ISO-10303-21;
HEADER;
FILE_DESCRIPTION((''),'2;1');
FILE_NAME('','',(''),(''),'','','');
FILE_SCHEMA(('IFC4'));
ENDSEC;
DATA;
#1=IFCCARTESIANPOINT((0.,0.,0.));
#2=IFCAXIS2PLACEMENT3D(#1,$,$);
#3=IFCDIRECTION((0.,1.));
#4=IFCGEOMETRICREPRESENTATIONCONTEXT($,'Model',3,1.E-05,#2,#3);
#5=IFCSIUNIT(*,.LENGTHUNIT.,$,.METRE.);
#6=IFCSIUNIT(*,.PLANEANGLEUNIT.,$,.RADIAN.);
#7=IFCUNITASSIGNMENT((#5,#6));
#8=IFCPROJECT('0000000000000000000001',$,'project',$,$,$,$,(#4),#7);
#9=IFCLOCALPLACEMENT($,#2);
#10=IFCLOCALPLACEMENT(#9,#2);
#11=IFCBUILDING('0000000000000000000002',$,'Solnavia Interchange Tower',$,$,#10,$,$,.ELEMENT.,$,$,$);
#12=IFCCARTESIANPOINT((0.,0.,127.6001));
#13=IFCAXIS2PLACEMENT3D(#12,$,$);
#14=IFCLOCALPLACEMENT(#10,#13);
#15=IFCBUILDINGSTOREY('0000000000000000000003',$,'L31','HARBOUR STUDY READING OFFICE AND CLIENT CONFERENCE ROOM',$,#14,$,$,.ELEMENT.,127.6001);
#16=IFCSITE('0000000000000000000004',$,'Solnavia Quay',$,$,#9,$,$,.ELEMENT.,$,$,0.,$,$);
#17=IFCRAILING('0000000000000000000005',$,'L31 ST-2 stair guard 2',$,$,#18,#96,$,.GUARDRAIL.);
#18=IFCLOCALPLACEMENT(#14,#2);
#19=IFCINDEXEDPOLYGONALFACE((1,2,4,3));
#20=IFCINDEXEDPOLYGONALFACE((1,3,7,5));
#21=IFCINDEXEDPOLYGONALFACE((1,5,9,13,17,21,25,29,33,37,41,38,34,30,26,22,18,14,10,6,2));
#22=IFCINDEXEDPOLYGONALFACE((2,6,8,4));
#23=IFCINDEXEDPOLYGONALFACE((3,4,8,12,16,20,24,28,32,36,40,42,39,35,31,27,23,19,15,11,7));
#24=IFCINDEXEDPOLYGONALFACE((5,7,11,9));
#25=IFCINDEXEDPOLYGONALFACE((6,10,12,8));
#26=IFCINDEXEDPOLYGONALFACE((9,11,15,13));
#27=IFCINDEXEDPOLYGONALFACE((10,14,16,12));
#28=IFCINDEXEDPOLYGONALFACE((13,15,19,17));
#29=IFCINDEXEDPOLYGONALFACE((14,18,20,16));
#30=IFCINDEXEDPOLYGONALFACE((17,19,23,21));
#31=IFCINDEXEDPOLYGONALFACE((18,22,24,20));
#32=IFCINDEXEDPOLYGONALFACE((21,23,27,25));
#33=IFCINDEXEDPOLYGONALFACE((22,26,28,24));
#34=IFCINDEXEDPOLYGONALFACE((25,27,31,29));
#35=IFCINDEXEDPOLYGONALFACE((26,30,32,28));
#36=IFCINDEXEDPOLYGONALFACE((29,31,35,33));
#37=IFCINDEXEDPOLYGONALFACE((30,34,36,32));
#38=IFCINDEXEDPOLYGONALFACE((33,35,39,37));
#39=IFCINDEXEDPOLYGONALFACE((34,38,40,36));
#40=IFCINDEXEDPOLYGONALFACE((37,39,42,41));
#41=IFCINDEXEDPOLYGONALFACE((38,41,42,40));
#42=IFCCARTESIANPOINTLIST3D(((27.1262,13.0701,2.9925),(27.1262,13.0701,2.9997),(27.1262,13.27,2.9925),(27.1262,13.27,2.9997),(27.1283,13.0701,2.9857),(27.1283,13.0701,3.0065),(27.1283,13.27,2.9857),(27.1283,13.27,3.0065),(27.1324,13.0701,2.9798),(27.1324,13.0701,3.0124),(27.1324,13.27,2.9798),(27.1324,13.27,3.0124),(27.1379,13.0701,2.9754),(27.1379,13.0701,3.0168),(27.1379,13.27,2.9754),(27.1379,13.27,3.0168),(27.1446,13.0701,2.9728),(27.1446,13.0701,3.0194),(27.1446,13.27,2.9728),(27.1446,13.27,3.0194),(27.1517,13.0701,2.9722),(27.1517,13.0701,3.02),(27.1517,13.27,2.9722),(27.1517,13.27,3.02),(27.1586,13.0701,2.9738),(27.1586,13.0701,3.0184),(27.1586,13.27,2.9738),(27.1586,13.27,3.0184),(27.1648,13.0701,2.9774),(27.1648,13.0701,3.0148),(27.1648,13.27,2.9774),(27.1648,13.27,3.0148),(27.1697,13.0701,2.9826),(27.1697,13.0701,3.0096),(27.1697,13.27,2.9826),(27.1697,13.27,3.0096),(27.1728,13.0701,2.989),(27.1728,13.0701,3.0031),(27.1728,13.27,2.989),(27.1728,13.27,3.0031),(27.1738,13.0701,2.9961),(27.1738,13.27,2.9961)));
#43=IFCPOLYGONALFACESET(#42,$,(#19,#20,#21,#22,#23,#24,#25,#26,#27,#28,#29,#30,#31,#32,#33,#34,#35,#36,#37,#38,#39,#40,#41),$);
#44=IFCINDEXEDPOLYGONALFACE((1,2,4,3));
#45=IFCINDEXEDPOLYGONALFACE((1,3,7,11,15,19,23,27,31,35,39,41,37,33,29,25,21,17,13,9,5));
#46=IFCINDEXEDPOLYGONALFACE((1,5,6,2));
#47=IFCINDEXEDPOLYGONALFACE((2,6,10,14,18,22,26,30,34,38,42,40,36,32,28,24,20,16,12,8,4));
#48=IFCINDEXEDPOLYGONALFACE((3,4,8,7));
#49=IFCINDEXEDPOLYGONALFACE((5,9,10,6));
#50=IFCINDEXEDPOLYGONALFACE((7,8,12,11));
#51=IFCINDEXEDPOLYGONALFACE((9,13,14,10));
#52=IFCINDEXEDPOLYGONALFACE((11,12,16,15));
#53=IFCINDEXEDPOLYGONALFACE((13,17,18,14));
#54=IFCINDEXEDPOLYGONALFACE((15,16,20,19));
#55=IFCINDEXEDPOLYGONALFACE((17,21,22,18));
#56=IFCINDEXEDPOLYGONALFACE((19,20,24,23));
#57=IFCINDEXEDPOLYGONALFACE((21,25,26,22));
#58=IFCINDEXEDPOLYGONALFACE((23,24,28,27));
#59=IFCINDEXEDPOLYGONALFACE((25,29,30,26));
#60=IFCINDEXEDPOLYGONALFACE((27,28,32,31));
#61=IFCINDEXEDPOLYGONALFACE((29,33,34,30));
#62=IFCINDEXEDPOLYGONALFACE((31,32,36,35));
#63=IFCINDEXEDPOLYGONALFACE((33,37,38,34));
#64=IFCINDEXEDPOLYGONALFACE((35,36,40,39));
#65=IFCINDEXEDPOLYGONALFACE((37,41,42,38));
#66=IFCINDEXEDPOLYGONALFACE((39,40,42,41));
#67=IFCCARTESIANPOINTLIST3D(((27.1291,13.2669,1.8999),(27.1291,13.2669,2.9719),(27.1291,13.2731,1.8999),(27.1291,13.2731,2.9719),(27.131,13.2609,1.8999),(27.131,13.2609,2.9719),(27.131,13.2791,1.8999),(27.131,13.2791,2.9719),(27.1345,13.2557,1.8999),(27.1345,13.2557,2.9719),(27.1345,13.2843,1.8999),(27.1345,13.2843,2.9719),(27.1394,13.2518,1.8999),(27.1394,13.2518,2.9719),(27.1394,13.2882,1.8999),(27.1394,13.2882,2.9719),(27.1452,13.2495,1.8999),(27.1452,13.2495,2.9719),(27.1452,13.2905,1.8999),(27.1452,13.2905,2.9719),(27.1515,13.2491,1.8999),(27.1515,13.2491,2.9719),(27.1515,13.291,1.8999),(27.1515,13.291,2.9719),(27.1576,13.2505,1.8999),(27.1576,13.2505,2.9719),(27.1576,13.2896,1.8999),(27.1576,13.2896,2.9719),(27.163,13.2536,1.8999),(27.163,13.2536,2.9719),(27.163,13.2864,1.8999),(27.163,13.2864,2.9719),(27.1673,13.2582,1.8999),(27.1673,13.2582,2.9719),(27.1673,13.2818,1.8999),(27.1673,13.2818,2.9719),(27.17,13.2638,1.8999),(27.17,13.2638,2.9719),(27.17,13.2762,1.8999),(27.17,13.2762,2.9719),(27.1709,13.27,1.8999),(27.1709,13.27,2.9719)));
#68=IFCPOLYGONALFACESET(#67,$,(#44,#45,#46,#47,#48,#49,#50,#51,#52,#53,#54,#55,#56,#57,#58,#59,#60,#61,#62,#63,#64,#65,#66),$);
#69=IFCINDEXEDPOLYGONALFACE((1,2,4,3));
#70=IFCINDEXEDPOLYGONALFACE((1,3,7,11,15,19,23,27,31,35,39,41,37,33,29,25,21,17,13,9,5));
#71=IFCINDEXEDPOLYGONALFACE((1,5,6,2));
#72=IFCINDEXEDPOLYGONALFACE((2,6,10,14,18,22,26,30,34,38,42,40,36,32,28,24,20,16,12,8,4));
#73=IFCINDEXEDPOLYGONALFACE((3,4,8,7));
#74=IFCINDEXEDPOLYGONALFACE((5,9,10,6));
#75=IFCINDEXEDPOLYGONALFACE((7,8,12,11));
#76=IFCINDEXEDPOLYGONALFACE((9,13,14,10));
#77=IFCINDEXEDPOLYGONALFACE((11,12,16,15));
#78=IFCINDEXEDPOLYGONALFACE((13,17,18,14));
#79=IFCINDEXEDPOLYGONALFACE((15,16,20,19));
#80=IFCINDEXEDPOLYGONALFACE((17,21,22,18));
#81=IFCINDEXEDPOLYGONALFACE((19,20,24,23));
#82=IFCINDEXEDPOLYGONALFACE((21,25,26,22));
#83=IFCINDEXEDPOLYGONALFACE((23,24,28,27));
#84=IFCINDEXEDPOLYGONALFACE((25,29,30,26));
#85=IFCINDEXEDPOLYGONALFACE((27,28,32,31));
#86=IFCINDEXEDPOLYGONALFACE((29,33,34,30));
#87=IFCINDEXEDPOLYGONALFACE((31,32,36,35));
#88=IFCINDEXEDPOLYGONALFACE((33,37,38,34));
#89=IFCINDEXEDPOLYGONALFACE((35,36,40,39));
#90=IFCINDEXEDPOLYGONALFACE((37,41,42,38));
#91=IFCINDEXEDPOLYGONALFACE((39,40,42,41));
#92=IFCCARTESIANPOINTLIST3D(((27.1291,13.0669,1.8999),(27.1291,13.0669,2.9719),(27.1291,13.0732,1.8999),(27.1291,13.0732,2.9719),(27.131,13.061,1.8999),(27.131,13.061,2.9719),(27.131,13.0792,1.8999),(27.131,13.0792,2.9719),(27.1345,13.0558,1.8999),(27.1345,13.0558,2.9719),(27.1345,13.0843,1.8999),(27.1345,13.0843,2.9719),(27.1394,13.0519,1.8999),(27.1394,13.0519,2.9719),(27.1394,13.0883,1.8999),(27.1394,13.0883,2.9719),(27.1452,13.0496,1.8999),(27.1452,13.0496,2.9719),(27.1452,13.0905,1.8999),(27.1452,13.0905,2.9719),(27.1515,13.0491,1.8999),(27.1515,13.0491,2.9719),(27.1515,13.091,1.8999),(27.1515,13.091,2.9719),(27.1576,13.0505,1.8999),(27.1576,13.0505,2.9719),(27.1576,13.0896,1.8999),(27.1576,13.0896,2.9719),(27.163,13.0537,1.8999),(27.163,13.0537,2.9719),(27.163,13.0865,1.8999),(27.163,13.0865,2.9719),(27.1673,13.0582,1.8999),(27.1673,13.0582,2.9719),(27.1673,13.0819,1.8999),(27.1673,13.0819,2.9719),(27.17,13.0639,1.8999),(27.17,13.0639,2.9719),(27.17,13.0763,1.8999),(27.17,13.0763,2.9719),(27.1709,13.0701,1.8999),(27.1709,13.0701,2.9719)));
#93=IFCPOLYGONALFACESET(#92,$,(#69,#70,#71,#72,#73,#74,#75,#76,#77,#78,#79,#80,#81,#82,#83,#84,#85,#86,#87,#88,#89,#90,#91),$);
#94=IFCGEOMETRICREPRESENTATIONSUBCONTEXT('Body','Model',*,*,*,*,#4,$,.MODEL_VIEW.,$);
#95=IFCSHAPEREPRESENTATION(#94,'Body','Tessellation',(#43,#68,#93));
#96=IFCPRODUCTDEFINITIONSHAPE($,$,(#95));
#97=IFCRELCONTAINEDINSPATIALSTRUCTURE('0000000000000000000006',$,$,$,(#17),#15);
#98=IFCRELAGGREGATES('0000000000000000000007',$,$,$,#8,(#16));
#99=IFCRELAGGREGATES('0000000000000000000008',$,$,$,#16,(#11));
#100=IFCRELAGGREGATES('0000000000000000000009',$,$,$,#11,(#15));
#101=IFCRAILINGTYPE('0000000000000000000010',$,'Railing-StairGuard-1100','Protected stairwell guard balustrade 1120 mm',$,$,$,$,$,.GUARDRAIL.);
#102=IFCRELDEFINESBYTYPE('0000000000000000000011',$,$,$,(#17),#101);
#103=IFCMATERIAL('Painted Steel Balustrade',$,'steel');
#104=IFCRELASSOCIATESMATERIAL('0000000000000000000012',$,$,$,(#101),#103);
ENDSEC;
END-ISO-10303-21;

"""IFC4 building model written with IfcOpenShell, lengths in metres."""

from ifc_helpers import new_model, si_unit, direction, frame, origin, origin_2d, place, context, subcontext, project, spatial, circle, extrude, material, type_object, element, save


model = new_model("IFC4")

# Units and contexts
model_context = context("Model", 3, precision=1e-05, world=origin(), true_north=direction((0.0, 1.0)))
body_context = subcontext(model_context, "Body", "Model", "MODEL_VIEW")
ifc_project = project(units=[si_unit("LENGTHUNIT", "METRE"), si_unit("PLANEANGLEUNIT", "RADIAN")], contexts=[model_context])

# Site, building, storey
site_placement = place(None, origin())
site = spatial("IfcSite", under=ifc_project, at=site_placement, Name="Solnavia Quay", CompositionType="ELEMENT", RefElevation=0.0)
building_placement = place(site_placement, origin())
building = spatial("IfcBuilding", under=site, at=building_placement, Name="Solnavia Interchange Tower", CompositionType="ELEMENT")
storey_placement = place(building_placement, frame((0.0, 0.0, 127.6001)))
storey = spatial("IfcBuildingStorey", under=building, at=storey_placement, Name="L31", Description="HARBOUR STUDY READING OFFICE AND CLIENT CONFERENCE ROOM", CompositionType="ELEMENT", Elevation=127.6001)

# Railing
ifc_material_1 = material(Name="Painted Steel Balustrade", Category="steel")
railing_type_1 = type_object("IfcRailingType", Name="Railing-StairGuard-1100", Description="Protected stairwell guard balustrade 1120 mm", PredefinedType="GUARDRAIL", material=ifc_material_1)
railing_1_placement = place(storey_placement, frame((27.1499, 13.27, 1.8999)))
element("IfcRailing", 1, at=railing_1_placement, inside=storey, type_object=railing_type_1, Name="L31 ST-2 stair guard 2", PredefinedType="GUARDRAIL", context=body_context, shape_type="SweptSolid", body=[
    extrude(circle(Radius=0.0239, at=origin_2d()), frame((0.0, 0.0, 1.0962), z_axis=(0.0, -1.0, 0.0), x_axis=(1.0, 0.0, 0.0)), (0.0, 0.0, 1.0), 0.2),
    extrude(circle(Radius=0.021, at=origin_2d()), origin(), (0.0, 0.0, 1.0), 1.072),
    extrude(circle(Radius=0.021, at=origin_2d()), frame((0.0, -0.2, 0.0)), (0.0, 0.0, 1.0), 1.072),
])

save(model, "model.ifc")
